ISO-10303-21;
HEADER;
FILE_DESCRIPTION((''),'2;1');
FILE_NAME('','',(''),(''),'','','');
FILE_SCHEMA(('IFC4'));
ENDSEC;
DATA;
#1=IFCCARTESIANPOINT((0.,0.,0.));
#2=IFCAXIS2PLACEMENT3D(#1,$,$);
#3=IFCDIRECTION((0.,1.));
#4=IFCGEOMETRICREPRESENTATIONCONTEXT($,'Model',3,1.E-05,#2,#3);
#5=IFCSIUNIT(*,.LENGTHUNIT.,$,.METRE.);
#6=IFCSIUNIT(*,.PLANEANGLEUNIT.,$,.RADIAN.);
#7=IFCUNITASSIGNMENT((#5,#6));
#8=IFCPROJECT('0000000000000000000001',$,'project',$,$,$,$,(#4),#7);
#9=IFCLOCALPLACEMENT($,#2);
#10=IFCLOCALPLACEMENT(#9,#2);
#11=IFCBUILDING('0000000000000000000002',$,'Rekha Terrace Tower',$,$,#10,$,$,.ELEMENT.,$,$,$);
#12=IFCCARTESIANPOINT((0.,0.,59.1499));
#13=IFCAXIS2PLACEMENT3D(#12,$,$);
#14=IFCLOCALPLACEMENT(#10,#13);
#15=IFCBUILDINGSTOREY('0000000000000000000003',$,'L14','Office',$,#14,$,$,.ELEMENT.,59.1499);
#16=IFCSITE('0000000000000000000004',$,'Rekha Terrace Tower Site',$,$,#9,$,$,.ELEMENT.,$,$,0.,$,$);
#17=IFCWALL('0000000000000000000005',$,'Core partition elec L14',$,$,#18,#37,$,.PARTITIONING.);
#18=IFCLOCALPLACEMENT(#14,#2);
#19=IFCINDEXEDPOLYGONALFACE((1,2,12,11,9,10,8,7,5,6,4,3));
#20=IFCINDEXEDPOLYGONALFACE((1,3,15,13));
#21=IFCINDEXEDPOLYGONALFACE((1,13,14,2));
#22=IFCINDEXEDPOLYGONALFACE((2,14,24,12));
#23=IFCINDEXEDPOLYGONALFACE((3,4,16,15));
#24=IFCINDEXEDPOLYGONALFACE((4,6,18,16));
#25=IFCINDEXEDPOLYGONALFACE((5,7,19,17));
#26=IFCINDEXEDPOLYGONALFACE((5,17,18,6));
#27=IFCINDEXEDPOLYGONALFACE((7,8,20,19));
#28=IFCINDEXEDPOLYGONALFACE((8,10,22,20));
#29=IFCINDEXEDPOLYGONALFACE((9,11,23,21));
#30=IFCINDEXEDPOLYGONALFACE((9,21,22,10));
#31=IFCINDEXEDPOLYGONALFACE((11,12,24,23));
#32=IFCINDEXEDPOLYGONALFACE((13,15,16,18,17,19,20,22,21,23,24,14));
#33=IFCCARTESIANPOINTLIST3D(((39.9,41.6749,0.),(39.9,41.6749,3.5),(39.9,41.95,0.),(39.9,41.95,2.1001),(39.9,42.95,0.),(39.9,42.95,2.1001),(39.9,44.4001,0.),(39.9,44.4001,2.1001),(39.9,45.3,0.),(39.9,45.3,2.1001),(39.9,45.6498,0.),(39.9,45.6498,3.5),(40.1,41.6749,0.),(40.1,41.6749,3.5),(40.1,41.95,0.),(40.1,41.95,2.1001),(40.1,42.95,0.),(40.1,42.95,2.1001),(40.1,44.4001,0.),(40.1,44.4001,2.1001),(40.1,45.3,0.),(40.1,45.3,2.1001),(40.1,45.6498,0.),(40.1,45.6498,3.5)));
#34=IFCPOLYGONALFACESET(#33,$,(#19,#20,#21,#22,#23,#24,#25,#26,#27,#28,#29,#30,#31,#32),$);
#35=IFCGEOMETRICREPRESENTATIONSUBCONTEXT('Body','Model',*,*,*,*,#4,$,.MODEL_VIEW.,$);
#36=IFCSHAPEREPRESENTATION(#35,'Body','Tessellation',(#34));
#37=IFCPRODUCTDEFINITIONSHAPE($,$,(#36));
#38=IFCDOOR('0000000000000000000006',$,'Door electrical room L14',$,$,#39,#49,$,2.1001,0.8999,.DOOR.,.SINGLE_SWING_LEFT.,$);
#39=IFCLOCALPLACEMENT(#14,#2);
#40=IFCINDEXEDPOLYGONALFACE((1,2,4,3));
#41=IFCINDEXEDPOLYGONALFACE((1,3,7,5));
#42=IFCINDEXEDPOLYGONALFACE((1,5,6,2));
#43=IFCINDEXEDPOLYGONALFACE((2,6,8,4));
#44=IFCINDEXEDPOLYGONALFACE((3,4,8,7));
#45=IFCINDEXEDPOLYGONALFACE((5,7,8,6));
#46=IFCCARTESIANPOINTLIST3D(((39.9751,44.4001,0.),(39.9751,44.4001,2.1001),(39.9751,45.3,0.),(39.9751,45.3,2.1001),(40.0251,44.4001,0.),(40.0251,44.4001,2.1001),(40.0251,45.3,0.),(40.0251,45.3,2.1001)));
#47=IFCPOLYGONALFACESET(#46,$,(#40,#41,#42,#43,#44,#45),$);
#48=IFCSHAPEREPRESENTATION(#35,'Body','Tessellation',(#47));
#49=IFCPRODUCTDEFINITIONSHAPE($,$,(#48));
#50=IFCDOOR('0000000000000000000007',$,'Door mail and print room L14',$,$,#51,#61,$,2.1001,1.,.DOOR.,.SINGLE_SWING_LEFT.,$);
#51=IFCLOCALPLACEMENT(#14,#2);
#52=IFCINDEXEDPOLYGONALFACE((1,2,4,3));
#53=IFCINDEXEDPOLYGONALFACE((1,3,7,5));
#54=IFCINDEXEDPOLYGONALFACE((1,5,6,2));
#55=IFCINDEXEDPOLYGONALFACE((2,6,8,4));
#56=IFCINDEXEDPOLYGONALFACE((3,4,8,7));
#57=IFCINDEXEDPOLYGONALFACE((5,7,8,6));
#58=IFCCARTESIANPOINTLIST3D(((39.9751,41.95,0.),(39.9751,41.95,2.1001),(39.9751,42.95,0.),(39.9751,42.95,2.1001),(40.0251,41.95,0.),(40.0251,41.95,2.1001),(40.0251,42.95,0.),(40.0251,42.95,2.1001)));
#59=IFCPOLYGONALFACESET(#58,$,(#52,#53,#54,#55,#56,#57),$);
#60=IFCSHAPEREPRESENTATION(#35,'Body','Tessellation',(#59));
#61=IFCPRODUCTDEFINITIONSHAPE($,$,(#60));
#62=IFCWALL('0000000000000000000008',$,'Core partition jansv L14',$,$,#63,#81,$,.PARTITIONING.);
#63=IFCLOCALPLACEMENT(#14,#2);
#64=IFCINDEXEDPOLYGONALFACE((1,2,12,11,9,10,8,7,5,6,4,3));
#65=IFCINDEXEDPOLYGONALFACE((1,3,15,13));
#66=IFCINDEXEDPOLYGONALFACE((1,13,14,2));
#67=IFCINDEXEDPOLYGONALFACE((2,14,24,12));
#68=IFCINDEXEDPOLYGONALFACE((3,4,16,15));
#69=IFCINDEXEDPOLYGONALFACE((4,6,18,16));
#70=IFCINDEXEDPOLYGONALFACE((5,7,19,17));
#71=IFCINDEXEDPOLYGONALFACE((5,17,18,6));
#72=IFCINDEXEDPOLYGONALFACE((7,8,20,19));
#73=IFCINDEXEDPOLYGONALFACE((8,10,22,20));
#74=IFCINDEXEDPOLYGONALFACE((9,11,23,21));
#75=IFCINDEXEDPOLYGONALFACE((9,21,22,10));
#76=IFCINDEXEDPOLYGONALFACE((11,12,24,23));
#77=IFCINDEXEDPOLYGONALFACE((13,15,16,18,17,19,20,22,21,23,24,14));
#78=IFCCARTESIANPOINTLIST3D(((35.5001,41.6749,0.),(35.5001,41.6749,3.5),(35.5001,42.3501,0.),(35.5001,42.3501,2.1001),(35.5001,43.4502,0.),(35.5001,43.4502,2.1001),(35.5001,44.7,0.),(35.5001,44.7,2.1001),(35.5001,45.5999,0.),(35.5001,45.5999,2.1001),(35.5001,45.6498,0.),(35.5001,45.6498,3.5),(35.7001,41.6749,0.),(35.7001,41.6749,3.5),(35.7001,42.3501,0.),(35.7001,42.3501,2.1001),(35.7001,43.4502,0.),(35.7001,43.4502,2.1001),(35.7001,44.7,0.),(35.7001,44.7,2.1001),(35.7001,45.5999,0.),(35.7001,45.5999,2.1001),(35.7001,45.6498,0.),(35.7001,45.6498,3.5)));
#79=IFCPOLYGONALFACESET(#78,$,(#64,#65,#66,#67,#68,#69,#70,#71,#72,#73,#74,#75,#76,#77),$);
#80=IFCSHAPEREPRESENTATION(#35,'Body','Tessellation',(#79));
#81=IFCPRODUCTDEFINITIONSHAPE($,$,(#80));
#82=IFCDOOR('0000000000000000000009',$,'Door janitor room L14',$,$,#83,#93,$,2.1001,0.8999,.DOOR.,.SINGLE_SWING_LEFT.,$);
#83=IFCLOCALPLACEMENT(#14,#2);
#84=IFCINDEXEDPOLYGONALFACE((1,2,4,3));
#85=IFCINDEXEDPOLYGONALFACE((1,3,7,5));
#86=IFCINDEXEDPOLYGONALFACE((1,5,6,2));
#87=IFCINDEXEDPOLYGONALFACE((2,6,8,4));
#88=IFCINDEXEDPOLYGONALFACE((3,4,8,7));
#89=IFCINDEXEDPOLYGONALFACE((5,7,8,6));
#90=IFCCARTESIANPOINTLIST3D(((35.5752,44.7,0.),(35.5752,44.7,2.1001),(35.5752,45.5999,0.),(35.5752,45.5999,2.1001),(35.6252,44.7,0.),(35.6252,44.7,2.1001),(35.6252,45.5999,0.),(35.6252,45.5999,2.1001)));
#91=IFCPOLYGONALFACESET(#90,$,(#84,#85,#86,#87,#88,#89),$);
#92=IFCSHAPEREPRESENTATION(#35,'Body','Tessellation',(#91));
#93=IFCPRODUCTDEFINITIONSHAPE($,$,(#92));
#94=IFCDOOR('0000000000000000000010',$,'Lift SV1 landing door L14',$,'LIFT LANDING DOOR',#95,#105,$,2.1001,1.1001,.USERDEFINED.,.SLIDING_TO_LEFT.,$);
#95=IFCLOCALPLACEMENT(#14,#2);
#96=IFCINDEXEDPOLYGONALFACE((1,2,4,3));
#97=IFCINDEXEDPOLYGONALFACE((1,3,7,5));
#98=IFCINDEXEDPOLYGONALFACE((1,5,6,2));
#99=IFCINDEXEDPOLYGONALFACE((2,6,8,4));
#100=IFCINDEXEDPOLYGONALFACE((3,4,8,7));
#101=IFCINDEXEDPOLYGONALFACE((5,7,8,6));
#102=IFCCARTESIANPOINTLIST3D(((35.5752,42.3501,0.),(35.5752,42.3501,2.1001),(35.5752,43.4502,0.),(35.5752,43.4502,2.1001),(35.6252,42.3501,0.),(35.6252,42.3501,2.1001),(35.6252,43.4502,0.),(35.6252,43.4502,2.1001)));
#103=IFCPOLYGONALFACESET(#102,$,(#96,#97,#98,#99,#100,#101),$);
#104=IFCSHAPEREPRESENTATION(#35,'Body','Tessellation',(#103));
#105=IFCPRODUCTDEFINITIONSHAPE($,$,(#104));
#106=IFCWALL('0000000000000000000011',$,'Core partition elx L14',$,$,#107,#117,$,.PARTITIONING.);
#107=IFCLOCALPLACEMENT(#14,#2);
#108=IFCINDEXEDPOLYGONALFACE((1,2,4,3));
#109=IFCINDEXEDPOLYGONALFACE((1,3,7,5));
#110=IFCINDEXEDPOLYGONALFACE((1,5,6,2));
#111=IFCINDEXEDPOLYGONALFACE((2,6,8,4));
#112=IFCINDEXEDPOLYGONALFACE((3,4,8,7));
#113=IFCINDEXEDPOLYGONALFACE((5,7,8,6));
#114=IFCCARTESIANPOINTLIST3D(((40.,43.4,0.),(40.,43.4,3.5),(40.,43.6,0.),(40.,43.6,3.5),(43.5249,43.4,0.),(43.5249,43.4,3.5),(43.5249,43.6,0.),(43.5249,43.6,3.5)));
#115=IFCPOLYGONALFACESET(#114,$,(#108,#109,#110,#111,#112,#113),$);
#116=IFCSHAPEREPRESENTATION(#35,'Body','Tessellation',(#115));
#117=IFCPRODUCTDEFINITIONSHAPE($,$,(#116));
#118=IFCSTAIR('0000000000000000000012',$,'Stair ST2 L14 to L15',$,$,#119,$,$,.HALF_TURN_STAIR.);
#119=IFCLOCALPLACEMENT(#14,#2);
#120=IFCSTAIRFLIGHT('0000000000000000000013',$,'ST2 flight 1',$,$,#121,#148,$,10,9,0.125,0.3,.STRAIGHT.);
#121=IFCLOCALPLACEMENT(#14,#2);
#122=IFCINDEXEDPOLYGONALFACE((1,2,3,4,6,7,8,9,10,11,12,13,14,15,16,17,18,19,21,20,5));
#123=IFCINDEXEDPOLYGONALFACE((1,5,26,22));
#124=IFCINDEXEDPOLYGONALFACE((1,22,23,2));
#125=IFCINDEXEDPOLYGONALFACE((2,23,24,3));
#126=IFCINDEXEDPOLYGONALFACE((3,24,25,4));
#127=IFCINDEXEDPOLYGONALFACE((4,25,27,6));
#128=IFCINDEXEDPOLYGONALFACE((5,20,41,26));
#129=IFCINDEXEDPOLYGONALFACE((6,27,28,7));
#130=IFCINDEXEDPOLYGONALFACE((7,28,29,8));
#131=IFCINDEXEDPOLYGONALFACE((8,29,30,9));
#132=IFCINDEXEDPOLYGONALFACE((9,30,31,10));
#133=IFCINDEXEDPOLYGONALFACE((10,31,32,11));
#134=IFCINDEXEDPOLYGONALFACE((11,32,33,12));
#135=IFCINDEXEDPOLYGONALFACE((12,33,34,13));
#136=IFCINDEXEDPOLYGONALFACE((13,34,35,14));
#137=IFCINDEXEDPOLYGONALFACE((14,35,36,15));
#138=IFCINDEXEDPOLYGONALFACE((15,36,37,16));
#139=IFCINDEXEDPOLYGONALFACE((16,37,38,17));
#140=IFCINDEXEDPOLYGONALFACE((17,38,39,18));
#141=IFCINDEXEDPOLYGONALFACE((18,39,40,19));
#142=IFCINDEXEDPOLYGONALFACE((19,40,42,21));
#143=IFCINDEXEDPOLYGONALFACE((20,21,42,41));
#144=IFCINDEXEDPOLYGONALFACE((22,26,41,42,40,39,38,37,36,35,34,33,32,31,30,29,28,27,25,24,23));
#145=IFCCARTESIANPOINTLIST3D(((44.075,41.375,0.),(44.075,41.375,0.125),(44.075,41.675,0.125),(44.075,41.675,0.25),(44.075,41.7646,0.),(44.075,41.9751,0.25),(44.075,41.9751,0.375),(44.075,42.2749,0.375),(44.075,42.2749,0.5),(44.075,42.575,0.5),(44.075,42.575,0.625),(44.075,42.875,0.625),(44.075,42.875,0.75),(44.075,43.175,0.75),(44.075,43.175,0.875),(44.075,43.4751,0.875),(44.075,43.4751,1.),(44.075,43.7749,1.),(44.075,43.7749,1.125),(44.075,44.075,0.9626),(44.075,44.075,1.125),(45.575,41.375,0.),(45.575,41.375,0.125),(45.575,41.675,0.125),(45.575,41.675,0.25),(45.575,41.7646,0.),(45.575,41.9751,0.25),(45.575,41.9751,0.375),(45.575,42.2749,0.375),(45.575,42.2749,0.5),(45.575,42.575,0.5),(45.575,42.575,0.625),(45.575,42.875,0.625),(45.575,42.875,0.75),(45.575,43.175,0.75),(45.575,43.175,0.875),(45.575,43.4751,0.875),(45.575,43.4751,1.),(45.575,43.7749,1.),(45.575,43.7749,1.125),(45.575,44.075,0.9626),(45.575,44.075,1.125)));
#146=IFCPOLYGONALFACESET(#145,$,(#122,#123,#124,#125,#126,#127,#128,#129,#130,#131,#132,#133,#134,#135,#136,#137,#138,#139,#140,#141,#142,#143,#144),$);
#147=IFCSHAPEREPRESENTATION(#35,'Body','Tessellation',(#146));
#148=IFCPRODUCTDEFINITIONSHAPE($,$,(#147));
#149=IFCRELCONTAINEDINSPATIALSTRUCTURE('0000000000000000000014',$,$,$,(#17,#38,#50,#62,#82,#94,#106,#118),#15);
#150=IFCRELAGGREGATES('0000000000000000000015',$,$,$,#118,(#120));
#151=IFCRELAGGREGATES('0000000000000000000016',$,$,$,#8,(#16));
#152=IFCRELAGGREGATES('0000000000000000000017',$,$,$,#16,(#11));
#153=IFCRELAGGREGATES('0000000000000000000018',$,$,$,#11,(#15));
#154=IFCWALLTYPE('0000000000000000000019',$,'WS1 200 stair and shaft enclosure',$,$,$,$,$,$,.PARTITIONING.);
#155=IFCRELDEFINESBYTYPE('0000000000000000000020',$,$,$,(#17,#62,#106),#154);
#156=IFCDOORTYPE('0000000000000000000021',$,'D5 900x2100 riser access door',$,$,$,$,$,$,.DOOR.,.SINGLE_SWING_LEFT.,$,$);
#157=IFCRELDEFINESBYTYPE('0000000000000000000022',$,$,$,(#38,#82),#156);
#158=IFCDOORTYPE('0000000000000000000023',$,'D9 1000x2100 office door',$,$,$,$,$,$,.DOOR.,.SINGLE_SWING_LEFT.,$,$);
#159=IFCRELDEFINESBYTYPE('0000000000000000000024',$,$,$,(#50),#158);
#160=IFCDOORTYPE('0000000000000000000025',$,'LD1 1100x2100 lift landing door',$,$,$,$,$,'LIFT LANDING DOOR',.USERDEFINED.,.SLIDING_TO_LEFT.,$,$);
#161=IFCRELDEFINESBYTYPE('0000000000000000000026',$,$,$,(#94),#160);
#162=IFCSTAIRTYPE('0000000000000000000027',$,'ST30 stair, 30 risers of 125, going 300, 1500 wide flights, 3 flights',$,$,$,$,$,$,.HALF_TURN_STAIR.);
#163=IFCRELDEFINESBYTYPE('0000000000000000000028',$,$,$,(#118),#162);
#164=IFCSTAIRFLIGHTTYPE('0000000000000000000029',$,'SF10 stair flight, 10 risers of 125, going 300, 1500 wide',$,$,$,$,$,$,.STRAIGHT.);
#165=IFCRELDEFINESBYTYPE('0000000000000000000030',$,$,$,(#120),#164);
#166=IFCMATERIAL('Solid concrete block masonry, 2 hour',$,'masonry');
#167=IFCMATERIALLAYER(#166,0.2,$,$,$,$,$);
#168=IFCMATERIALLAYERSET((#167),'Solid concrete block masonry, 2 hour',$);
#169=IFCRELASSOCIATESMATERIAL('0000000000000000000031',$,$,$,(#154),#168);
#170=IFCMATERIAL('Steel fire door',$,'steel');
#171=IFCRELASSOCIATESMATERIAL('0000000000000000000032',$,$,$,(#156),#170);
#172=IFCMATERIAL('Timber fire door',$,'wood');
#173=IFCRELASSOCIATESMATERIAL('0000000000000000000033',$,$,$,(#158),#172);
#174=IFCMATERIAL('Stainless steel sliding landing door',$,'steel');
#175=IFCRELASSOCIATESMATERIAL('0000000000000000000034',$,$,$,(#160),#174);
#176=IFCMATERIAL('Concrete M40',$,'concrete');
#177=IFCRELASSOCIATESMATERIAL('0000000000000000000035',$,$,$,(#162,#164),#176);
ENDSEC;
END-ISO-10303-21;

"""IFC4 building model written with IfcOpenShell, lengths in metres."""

from ifc_helpers import new_model, si_unit, direction, frame, frame_2d, origin, place, context, subcontext, project, spatial, polyline, rectangle, outline, extrude, material, layer, layer_set, type_object, element, fill, aggregate, save


model = new_model("IFC4")

# Units and contexts
model_context = context("Model", 3, precision=1e-05, world=origin(), true_north=direction((0.0, 1.0)))
body_context = subcontext(model_context, "Body", "Model", "MODEL_VIEW")
ifc_project = project(units=[si_unit("LENGTHUNIT", "METRE"), si_unit("PLANEANGLEUNIT", "RADIAN")], contexts=[model_context])

# Site, building, storey
site_placement = place(None, origin())
site = spatial("IfcSite", under=ifc_project, at=site_placement, Name="Rekha Terrace Tower Site", CompositionType="ELEMENT", RefElevation=0.0)
building_placement = place(site_placement, origin())
building = spatial("IfcBuilding", under=site, at=building_placement, Name="Rekha Terrace Tower", CompositionType="ELEMENT")
storey_placement = place(building_placement, frame((0.0, 0.0, 59.1499)))
storey = spatial("IfcBuildingStorey", under=building, at=storey_placement, Name="L14", Description="Office", CompositionType="ELEMENT", Elevation=59.1499)

# Shared definitions
ifc_material_1 = material(Name="Stainless steel sliding landing door", Category="steel")
ifc_material_2 = material(Name="Steel fire door", Category="steel")

# Shared definitions
ifc_material_3 = material(Name="Solid concrete block masonry, 2 hour", Category="masonry")
ifc_layer_1 = layer(ifc_material_3, 0.2)
ifc_layer_set_1 = layer_set([ifc_layer_1], Name="Solid concrete block masonry, 2 hour")
wall_type_1 = type_object("IfcWallType", Name="WS1 200 stair and shaft enclosure", PredefinedType="PARTITIONING", material=ifc_layer_set_1)

# Walls, openings, doors
wall_1_placement = place(storey_placement, frame((40.0, 41.675, 0.0), z_axis=(0.0, 0.0, 1.0), x_axis=(0.0, 1.0, 0.0)))
wall_1 = element("IfcWall", 1, at=wall_1_placement, inside=storey, type_object=wall_type_1, Name="Core partition elec L14", PredefinedType="PARTITIONING", context=body_context, shape_type="SweptSolid", body=[
    extrude(rectangle(XDim=3.9749, YDim=0.2, at=frame_2d((1.9873, 0.0))), origin(), (0.0, 0.0, 1.0), 3.5),
])
opening_1_placement = place(wall_1_placement, frame((2.7251, 0.0, 0.0)))
opening_1 = element("IfcOpeningElement", 2, at=opening_1_placement, cuts=wall_1, PredefinedType="OPENING", context=body_context, shape_type="SweptSolid", body=[
    extrude(rectangle(XDim=0.8999, YDim=2.1001, at=frame_2d((0.45, 1.05))), frame((0.0, 0.1099, 0.0), z_axis=(0.0, -1.0, 0.0), x_axis=(1.0, 0.0, 0.0)), (0.0, 0.0, 1.0), 0.22),
])
opening_2_placement = place(wall_1_placement, frame((0.2749, 0.0, 0.0)))
opening_2 = element("IfcOpeningElement", 3, at=opening_2_placement, cuts=wall_1, PredefinedType="OPENING", context=body_context, shape_type="SweptSolid", body=[
    extrude(rectangle(XDim=1.0, YDim=2.1001, at=frame_2d((0.5, 1.05))), frame((0.0, 0.1099, 0.0), z_axis=(0.0, -1.0, 0.0), x_axis=(1.0, 0.0, 0.0)), (0.0, 0.0, 1.0), 0.22),
])
door_type_1 = type_object("IfcDoorType", Name="D5 900x2100 riser access door", OperationType="SINGLE_SWING_LEFT", PredefinedType="DOOR", material=ifc_material_2)
door_1_placement = place(opening_1_placement, origin())
door_1 = element("IfcDoor", 4, at=door_1_placement, inside=storey, type_object=door_type_1, Name="Door electrical room L14", OperationType="SINGLE_SWING_LEFT", OverallHeight=2.1001, OverallWidth=0.8999, PredefinedType="DOOR", context=body_context, shape_type="SweptSolid", body=[
    extrude(rectangle(XDim=0.8999, YDim=2.1001, at=frame_2d((0.45, 1.05))), frame((0.0, 0.0249, 0.0), z_axis=(0.0, -1.0, 0.0), x_axis=(1.0, 0.0, 0.0)), (0.0, 0.0, 1.0), 0.05),
])
fill(opening_1, door_1)
ifc_material_4 = material(Name="Timber fire door", Category="wood")
door_type_2 = type_object("IfcDoorType", Name="D9 1000x2100 office door", OperationType="SINGLE_SWING_LEFT", PredefinedType="DOOR", material=ifc_material_4)
door_2_placement = place(opening_2_placement, origin())
door_2 = element("IfcDoor", 5, at=door_2_placement, inside=storey, type_object=door_type_2, Name="Door mail and print room L14", OperationType="SINGLE_SWING_LEFT", OverallHeight=2.1001, OverallWidth=1.0, PredefinedType="DOOR", context=body_context, shape_type="SweptSolid", body=[
    extrude(rectangle(XDim=1.0, YDim=2.1001, at=frame_2d((0.5, 1.05))), frame((0.0, 0.0249, 0.0), z_axis=(0.0, -1.0, 0.0), x_axis=(1.0, 0.0, 0.0)), (0.0, 0.0, 1.0), 0.05),
])
fill(opening_2, door_2)
wall_2_placement = place(storey_placement, frame((35.6001, 41.675, 0.0), z_axis=(0.0, 0.0, 1.0), x_axis=(0.0, 1.0, 0.0)))
wall_2 = element("IfcWall", 6, at=wall_2_placement, inside=storey, type_object=wall_type_1, Name="Core partition jansv L14", PredefinedType="PARTITIONING", context=body_context, shape_type="SweptSolid", body=[
    extrude(rectangle(XDim=3.9749, YDim=0.2, at=frame_2d((1.9873, 0.0))), origin(), (0.0, 0.0, 1.0), 3.5),
])
opening_3_placement = place(wall_2_placement, frame((3.0249, 0.0, 0.0)))
opening_3 = element("IfcOpeningElement", 7, at=opening_3_placement, cuts=wall_2, PredefinedType="OPENING", context=body_context, shape_type="SweptSolid", body=[
    extrude(rectangle(XDim=0.8999, YDim=2.1001, at=frame_2d((0.45, 1.05))), frame((0.0, 0.1099, 0.0), z_axis=(0.0, -1.0, 0.0), x_axis=(1.0, 0.0, 0.0)), (0.0, 0.0, 1.0), 0.22),
])
opening_4_placement = place(wall_2_placement, frame((0.675, 0.0, 0.0)))
opening_4 = element("IfcOpeningElement", 8, at=opening_4_placement, cuts=wall_2, PredefinedType="OPENING", context=body_context, shape_type="SweptSolid", body=[
    extrude(rectangle(XDim=1.1001, YDim=2.1001, at=frame_2d((0.55, 1.05))), frame((0.0, 0.1099, 0.0), z_axis=(0.0, -1.0, 0.0), x_axis=(1.0, 0.0, 0.0)), (0.0, 0.0, 1.0), 0.22),
])
door_3_placement = place(opening_3_placement, origin())
door_3 = element("IfcDoor", 9, at=door_3_placement, inside=storey, type_object=door_type_1, Name="Door janitor room L14", OperationType="SINGLE_SWING_LEFT", OverallHeight=2.1001, OverallWidth=0.8999, PredefinedType="DOOR", context=body_context, shape_type="SweptSolid", body=[
    extrude(rectangle(XDim=0.8999, YDim=2.1001, at=frame_2d((0.45, 1.05))), frame((0.0, 0.0249, 0.0), z_axis=(0.0, -1.0, 0.0), x_axis=(1.0, 0.0, 0.0)), (0.0, 0.0, 1.0), 0.05),
])
fill(opening_3, door_3)
door_type_3 = type_object("IfcDoorType", Name="LD1 1100x2100 lift landing door", ElementType="LIFT LANDING DOOR", OperationType="SLIDING_TO_LEFT", PredefinedType="USERDEFINED", material=ifc_material_1)
door_4_placement = place(opening_4_placement, origin())
door_4 = element("IfcDoor", 10, at=door_4_placement, inside=storey, type_object=door_type_3, Name="Lift SV1 landing door L14", ObjectType="LIFT LANDING DOOR", OperationType="SLIDING_TO_LEFT", OverallHeight=2.1001, OverallWidth=1.1001, PredefinedType="USERDEFINED", context=body_context, shape_type="SweptSolid", body=[
    extrude(rectangle(XDim=1.1001, YDim=2.1001, at=frame_2d((0.55, 1.05))), frame((0.0, 0.0249, 0.0), z_axis=(0.0, -1.0, 0.0), x_axis=(1.0, 0.0, 0.0)), (0.0, 0.0, 1.0), 0.05),
])
fill(opening_4, door_4)

# Wall
wall_3_placement = place(storey_placement, frame((40.0, 43.5, 0.0), z_axis=(0.0, 0.0, 1.0), x_axis=(1.0, 0.0, 0.0)))
element("IfcWall", 11, at=wall_3_placement, inside=storey, type_object=wall_type_1, Name="Core partition elx L14", PredefinedType="PARTITIONING", context=body_context, shape_type="SweptSolid", body=[
    extrude(rectangle(XDim=3.5249, YDim=0.2, at=frame_2d((1.7625, 0.0))), origin(), (0.0, 0.0, 1.0), 3.5),
])

# Stair, stair flight
ifc_material_5 = material(Name="Concrete M40", Category="concrete")
stair_type = type_object("IfcStairType", Name="ST30 stair, 30 risers of 125, going 300, 1500 wide flights, 3 flights", PredefinedType="HALF_TURN_STAIR", material=ifc_material_5)
stair_placement = place(storey_placement, origin())
stair = element("IfcStair", 12, at=stair_placement, inside=storey, type_object=stair_type, Name="Stair ST2 L14 to L15", PredefinedType="HALF_TURN_STAIR")
stair_flight_type = type_object("IfcStairFlightType", Name="SF10 stair flight, 10 risers of 125, going 300, 1500 wide", PredefinedType="STRAIGHT", material=ifc_material_5)
stair_flight_placement = place(storey_placement, frame((44.825, 41.375, 0.0), z_axis=(0.0, 0.0, 1.0), x_axis=(0.0, 1.0, 0.0)))
stair_flight = element("IfcStairFlight", 13, at=stair_flight_placement, type_object=stair_flight_type, Name="ST2 flight 1", NumberOfRisers=10, NumberOfTreads=9, PredefinedType="STRAIGHT", RiserHeight=0.125, TreadLength=0.3, context=body_context, shape_type="SweptSolid", body=[
    extrude(outline(polyline([(0.0, 0.0), (0.0, 0.125), (0.3, 0.125), (0.3, 0.25), (0.6001, 0.25), (0.6001, 0.375), (0.8999, 0.375), (0.8999, 0.5), (1.2, 0.5), (1.2, 0.625), (1.5, 0.625), (1.5, 0.75), (1.8, 0.75), (1.8, 0.875), (2.1001, 0.875), (2.1001, 1.0), (2.3999, 1.0), (2.3999, 1.125), (2.7, 1.125), (2.7, 1.25), (2.7, 0.9626), (0.3896, 0.0), (0.0, 0.0)])), frame((0.0, 0.75, 0.0), z_axis=(0.0, -1.0, 0.0), x_axis=(1.0, 0.0, 0.0)), (0.0, 0.0, 1.0), 1.5),
])
aggregate(stair, [stair_flight])

save(model, "model.ifc")
